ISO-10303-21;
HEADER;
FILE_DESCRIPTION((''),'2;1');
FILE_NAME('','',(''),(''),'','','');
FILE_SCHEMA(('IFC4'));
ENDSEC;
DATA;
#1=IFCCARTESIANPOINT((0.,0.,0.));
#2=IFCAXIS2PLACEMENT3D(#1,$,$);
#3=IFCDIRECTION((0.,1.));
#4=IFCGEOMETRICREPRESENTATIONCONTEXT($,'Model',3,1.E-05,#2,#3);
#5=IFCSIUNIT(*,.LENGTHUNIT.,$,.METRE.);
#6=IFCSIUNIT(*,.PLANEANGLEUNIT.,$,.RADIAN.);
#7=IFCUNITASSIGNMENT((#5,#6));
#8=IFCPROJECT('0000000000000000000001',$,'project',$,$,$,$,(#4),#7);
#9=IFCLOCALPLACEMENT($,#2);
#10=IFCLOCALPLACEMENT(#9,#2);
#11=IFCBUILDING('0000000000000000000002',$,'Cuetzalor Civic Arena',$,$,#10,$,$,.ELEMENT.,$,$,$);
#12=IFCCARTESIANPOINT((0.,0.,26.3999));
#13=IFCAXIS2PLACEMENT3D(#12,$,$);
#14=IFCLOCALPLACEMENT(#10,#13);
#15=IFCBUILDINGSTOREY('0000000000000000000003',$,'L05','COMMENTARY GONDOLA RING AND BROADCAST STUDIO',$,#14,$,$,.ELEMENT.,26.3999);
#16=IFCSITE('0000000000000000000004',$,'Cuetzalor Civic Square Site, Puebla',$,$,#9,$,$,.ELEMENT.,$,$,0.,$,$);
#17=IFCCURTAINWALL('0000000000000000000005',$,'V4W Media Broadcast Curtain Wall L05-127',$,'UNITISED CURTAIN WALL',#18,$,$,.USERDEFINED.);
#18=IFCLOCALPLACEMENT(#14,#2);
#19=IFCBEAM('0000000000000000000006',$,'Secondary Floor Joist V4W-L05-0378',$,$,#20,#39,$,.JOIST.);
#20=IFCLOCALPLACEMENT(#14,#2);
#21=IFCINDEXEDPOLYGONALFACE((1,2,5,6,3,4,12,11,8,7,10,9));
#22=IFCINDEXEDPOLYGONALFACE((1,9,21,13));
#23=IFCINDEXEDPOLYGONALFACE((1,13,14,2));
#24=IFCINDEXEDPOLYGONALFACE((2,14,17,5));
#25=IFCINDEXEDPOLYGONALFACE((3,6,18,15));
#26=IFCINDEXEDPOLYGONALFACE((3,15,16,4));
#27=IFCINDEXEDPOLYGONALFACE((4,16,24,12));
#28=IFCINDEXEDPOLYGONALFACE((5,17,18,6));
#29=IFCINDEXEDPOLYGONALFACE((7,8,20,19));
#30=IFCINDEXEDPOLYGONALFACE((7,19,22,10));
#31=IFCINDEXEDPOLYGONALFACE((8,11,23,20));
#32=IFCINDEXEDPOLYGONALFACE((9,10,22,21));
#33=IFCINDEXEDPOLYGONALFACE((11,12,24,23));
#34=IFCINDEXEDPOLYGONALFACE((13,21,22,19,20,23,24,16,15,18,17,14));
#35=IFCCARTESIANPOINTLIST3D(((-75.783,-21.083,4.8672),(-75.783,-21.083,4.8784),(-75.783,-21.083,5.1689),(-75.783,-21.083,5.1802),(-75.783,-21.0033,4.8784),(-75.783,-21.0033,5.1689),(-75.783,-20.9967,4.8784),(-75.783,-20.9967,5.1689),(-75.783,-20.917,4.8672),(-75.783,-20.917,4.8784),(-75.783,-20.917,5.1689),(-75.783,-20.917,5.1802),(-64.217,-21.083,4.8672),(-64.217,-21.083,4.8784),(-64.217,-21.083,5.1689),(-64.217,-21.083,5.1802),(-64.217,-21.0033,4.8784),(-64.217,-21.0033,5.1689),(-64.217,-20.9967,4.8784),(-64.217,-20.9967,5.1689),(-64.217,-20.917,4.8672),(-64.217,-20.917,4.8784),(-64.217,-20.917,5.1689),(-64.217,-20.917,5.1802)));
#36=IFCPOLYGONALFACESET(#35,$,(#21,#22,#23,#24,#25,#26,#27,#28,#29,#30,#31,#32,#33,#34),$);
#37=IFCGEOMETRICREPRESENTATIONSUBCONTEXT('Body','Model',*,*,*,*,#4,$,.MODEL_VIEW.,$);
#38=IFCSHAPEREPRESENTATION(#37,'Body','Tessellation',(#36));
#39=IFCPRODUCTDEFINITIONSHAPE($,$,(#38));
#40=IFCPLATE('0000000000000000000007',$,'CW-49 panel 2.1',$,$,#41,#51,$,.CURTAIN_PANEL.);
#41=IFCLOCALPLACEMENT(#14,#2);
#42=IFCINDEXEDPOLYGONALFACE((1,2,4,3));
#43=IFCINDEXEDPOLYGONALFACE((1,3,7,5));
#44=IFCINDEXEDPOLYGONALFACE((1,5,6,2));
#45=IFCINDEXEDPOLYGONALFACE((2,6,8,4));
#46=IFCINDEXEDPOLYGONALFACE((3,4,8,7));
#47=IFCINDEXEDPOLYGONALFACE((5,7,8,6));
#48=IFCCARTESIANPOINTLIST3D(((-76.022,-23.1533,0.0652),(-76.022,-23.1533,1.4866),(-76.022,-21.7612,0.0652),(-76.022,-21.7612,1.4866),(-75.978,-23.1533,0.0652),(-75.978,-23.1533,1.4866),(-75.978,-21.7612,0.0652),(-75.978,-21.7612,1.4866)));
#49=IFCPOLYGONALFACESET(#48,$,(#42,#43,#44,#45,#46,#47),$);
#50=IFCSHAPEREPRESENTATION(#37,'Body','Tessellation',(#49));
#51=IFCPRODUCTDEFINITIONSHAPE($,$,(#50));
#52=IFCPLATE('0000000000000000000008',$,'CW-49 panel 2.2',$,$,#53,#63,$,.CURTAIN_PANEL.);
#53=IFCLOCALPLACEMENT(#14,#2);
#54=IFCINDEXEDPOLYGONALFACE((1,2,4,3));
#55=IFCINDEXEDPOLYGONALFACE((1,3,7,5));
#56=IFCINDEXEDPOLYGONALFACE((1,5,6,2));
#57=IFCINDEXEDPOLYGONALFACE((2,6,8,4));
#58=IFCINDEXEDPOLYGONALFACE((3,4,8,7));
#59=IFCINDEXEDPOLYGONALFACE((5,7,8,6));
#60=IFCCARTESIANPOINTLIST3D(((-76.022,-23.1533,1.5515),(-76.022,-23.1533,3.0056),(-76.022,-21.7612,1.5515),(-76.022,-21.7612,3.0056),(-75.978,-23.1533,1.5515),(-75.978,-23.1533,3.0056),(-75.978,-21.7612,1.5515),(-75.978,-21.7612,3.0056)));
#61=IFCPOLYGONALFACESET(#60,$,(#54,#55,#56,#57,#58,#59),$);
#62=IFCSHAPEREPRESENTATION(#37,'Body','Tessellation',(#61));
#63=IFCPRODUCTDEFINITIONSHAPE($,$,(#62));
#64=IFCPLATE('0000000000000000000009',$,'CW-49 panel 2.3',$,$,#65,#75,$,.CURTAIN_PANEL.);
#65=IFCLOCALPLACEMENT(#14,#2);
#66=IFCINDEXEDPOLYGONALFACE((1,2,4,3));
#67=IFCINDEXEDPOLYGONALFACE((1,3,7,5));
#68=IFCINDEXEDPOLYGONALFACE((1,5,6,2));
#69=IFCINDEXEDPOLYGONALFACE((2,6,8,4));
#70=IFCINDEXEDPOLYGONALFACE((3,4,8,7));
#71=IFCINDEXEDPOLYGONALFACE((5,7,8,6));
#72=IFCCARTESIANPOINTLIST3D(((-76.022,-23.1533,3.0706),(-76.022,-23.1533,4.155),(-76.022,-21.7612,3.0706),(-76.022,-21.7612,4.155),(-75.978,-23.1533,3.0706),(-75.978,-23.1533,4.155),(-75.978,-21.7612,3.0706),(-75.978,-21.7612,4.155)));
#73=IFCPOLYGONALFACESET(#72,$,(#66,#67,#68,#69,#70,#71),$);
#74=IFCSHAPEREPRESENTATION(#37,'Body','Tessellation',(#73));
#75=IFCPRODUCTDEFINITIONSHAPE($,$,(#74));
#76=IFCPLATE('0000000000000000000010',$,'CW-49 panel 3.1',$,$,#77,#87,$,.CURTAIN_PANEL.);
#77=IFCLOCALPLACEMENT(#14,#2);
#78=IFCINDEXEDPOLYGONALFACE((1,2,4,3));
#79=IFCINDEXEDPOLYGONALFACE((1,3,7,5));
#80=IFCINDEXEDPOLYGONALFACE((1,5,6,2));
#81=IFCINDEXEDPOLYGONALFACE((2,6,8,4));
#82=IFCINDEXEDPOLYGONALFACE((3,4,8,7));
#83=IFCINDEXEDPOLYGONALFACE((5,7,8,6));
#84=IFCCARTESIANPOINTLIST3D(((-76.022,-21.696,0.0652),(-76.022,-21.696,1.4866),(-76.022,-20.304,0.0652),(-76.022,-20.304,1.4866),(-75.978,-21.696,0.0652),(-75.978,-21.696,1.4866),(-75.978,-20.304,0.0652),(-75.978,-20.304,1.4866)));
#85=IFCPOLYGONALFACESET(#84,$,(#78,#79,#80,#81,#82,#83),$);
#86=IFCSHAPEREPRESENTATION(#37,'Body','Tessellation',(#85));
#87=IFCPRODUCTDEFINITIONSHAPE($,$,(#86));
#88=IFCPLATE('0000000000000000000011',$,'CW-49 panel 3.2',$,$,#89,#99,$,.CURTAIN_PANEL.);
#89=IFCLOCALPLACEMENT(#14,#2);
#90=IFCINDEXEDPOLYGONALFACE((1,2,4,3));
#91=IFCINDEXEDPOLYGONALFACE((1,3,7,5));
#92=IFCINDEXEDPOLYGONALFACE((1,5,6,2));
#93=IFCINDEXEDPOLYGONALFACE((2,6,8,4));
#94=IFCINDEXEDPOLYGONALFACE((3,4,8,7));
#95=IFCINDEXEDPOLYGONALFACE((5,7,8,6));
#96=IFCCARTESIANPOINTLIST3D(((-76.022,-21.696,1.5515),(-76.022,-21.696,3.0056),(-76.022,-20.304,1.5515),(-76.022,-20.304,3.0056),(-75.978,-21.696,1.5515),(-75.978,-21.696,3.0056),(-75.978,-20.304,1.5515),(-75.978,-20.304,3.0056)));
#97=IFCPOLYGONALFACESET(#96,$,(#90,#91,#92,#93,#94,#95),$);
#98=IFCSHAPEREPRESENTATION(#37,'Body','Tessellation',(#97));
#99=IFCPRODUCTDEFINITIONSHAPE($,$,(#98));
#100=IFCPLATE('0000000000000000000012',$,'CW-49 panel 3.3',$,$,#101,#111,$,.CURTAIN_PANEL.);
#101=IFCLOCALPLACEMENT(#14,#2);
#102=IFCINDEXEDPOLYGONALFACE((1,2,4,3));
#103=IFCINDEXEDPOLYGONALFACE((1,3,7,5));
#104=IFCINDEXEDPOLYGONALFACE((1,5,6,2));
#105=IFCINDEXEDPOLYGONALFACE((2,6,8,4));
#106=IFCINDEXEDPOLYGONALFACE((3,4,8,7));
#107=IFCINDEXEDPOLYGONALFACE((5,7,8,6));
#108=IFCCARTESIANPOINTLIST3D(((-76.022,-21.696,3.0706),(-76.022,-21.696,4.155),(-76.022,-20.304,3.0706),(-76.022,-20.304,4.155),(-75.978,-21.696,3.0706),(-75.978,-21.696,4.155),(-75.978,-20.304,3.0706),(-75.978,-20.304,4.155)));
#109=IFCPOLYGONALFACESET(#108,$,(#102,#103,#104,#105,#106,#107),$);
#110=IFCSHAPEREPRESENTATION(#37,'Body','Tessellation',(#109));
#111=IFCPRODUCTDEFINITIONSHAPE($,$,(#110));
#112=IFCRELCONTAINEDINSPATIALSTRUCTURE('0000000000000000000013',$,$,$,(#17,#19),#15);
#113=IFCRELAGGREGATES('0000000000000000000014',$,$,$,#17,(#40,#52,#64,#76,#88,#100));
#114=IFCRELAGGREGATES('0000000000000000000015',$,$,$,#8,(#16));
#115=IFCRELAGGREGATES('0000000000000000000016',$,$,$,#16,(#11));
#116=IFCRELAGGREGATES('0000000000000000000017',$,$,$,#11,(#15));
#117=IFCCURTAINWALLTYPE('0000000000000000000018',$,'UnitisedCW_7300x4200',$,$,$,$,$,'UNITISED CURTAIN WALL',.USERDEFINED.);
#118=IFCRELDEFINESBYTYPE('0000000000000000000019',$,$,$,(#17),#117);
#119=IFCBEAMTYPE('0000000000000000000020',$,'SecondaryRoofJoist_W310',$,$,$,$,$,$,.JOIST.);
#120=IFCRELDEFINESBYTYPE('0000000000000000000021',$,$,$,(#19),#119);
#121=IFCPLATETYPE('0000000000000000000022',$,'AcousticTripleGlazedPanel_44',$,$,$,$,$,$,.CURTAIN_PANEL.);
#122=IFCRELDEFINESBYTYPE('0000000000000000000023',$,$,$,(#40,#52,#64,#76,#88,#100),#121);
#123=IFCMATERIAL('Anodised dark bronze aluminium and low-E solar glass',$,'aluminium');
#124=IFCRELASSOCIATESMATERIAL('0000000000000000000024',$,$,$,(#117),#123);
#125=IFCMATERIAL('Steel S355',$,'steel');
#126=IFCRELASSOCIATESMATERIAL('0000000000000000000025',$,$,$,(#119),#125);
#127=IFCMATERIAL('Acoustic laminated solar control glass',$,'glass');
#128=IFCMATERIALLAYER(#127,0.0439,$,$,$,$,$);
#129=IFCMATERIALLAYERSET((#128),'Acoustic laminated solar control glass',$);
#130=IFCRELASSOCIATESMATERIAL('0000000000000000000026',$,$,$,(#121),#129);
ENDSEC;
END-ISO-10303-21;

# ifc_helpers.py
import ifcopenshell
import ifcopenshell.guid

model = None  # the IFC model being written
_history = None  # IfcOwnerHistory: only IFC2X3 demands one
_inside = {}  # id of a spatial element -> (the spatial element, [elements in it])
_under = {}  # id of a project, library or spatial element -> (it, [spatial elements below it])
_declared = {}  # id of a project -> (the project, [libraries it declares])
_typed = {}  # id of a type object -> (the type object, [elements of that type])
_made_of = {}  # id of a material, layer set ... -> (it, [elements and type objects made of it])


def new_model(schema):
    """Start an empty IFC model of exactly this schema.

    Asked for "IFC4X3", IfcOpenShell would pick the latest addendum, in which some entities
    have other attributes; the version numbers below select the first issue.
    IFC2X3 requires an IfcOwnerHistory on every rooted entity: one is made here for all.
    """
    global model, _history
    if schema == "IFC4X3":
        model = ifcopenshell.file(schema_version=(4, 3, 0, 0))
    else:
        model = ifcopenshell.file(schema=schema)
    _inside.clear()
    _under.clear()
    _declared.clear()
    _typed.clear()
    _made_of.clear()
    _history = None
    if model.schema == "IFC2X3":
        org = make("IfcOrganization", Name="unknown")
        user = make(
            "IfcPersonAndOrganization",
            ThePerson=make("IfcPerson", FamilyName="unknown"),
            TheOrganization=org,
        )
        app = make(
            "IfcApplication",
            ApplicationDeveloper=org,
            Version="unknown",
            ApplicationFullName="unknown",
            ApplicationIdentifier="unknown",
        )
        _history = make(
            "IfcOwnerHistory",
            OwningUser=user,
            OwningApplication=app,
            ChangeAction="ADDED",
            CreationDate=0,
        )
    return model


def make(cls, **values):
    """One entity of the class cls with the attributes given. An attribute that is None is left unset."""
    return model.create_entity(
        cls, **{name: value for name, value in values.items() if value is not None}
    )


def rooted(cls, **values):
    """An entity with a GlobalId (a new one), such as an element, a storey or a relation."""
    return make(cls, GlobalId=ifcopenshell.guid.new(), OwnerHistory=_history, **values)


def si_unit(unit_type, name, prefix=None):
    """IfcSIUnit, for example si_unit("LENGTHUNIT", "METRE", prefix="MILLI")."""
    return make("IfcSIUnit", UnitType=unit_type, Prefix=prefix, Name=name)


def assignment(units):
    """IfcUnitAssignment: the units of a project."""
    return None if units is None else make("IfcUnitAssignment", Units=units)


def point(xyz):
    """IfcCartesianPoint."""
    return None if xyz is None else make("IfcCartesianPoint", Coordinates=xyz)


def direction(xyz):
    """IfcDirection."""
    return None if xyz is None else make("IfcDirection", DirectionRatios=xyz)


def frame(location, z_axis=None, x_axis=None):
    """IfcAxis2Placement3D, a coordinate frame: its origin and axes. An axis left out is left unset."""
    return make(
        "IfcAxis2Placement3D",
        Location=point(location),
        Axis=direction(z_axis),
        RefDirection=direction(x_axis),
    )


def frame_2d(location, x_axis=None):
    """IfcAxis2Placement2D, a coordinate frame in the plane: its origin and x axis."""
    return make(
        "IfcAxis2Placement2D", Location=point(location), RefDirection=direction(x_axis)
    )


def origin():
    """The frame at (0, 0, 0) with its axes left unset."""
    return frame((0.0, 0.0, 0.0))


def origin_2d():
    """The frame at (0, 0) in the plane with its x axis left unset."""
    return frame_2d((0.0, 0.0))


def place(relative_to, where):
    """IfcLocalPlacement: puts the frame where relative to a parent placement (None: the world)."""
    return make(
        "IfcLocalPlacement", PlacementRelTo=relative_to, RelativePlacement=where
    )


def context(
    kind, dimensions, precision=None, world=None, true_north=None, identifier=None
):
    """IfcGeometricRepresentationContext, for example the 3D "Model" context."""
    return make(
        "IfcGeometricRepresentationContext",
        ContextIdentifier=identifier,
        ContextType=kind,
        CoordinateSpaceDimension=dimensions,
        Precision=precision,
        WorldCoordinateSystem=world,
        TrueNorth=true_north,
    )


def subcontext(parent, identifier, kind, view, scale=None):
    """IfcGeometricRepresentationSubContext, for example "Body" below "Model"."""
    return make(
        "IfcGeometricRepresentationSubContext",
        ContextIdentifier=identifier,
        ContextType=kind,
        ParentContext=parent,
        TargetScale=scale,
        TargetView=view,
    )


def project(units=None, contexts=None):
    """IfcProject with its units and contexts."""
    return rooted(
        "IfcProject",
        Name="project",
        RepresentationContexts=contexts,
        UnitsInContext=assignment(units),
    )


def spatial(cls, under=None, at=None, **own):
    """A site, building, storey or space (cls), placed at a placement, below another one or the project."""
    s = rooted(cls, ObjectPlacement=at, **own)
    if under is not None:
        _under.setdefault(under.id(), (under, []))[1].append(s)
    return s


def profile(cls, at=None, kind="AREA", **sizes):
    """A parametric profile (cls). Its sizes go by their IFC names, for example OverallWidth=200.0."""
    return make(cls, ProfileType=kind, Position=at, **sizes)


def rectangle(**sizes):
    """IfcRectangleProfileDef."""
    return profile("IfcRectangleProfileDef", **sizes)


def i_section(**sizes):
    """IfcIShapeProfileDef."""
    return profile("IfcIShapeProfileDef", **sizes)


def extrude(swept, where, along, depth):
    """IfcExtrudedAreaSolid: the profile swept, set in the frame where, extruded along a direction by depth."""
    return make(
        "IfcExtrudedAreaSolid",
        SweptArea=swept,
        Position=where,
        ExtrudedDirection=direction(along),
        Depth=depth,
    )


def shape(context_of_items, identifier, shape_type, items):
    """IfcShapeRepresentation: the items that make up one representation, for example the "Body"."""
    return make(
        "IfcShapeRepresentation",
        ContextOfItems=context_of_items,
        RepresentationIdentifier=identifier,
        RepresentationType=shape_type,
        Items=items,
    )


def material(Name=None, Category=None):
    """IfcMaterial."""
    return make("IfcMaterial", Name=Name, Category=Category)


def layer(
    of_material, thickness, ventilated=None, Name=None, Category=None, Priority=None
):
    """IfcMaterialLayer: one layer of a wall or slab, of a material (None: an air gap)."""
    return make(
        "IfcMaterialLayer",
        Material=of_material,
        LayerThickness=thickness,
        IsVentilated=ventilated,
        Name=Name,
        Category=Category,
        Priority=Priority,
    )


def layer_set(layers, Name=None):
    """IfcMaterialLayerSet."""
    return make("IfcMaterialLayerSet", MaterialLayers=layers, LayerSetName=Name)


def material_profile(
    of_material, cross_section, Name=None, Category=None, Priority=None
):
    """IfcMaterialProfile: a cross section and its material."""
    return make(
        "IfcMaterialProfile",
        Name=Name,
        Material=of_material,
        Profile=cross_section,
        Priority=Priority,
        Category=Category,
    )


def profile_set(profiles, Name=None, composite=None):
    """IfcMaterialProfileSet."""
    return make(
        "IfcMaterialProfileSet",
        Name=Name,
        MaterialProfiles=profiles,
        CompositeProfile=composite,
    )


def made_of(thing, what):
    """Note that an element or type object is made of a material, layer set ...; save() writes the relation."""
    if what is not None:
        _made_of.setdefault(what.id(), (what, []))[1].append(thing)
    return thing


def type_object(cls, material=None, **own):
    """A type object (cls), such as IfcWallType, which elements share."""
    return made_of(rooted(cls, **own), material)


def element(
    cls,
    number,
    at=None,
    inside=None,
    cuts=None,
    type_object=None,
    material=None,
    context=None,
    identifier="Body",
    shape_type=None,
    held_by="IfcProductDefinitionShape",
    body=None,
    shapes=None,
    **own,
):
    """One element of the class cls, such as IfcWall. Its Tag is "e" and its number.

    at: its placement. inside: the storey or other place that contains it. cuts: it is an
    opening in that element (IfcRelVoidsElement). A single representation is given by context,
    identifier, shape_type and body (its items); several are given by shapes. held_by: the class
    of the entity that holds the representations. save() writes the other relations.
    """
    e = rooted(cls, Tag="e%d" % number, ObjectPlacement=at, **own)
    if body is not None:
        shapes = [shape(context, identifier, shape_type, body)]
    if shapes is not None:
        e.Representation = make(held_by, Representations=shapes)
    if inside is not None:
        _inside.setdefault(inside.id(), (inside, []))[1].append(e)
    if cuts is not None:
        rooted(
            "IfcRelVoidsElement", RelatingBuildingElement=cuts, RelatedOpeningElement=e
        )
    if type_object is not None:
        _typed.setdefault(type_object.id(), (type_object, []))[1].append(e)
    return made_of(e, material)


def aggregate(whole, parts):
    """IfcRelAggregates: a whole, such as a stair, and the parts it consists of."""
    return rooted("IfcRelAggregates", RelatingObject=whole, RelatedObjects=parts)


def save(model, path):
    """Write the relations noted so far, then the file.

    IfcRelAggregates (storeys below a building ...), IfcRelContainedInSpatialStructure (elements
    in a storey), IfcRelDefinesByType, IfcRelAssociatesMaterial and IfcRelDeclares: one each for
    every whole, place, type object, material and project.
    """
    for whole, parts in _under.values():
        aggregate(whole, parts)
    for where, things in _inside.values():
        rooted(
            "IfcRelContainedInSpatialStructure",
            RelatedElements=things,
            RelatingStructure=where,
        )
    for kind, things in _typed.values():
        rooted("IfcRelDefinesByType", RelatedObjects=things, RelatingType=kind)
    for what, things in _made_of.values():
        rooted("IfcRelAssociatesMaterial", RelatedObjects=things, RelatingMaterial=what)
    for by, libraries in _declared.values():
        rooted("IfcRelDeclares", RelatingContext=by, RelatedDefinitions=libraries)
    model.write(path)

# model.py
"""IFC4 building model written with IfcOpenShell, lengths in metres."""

from ifc_helpers import new_model, si_unit, direction, frame, origin, origin_2d, place, context, subcontext, project, spatial, rectangle, i_section, extrude, material, layer, layer_set, material_profile, profile_set, type_object, element, aggregate, save


model = new_model("IFC4")

# Units and contexts
model_context = context("Model", 3, precision=1e-05, world=origin(), true_north=direction((0.0, 1.0)))
body_context = subcontext(model_context, "Body", "Model", "MODEL_VIEW")
ifc_project = project(units=[si_unit("LENGTHUNIT", "METRE"), si_unit("PLANEANGLEUNIT", "RADIAN")], contexts=[model_context])

# Site, building, storey
site_placement = place(None, origin())
site = spatial("IfcSite", under=ifc_project, at=site_placement, Name="Cuetzalor Civic Square Site, Puebla", CompositionType="ELEMENT", RefElevation=0.0)
building_placement = place(site_placement, origin())
building = spatial("IfcBuilding", under=site, at=building_placement, Name="Cuetzalor Civic Arena", CompositionType="ELEMENT")
storey_placement = place(building_placement, frame((0.0, 0.0, 26.3999)))
storey = spatial("IfcBuildingStorey", under=building, at=storey_placement, Name="L05", Description="COMMENTARY GONDOLA RING AND BROADCAST STUDIO", CompositionType="ELEMENT", Elevation=26.3999)

# Curtain wall
ifc_material_1 = material(Name="Anodised dark bronze aluminium and low-E solar glass", Category="aluminium")
curtain_wall_type = type_object("IfcCurtainWallType", Name="UnitisedCW_7300x4200", ElementType="UNITISED CURTAIN WALL", PredefinedType="USERDEFINED", material=ifc_material_1)
curtain_wall_placement = place(storey_placement, origin())
curtain_wall = element("IfcCurtainWall", 1, at=curtain_wall_placement, inside=storey, type_object=curtain_wall_type, Name="V4W Media Broadcast Curtain Wall L05-127", ObjectType="UNITISED CURTAIN WALL", PredefinedType="USERDEFINED")

# Beam
ifc_material_2 = material(Name="Steel S355", Category="steel")
ifc_material_profile_1 = material_profile(ifc_material_2, i_section(OverallWidth=0.166, OverallDepth=0.313, WebThickness=0.0066, FlangeThickness=0.0112, at=origin_2d()), Name="W310x45")
ifc_profile_set_1 = profile_set([ifc_material_profile_1], Name="Steel S355")
beam_type = type_object("IfcBeamType", Name="SecondaryRoofJoist_W310", PredefinedType="JOIST", material=ifc_profile_set_1)
beam_placement = place(storey_placement, frame((-75.783, -21.0, 5.0237), z_axis=(1.0, 0.0, 0.0), x_axis=(0.0, 1.0, 0.0)))
element("IfcBeam", 2, at=beam_placement, inside=storey, type_object=beam_type, Name="Secondary Floor Joist V4W-L05-0378", PredefinedType="JOIST", context=body_context, shape_type="SweptSolid", body=[
    extrude(i_section(OverallWidth=0.166, OverallDepth=0.313, WebThickness=0.0066, FlangeThickness=0.0112, at=origin_2d()), origin(), (0.0, 0.0, 1.0), 11.5659),
])

# Plates
ifc_material_3 = material(Name="Acoustic laminated solar control glass", Category="glass")
ifc_layer = layer(ifc_material_3, 0.0439)
ifc_layer_set = layer_set([ifc_layer], Name="Acoustic laminated solar control glass")
plate_type = type_object("IfcPlateType", Name="AcousticTripleGlazedPanel_44", PredefinedType="CURTAIN_PANEL", material=ifc_layer_set)
plate_1_placement = place(storey_placement, frame((-76.0, -22.4573, 0.0652), z_axis=(0.0, 0.0, 1.0), x_axis=(0.0, 1.0, 0.0)))
plate_1 = element("IfcPlate", 3, at=plate_1_placement, type_object=plate_type, Name="CW-49 panel 2.1", PredefinedType="CURTAIN_PANEL", context=body_context, shape_type="SweptSolid", body=[
    extrude(rectangle(XDim=1.3921, YDim=0.0439, at=origin_2d()), origin(), (0.0, 0.0, 1.0), 1.4214),
])
plate_2_placement = place(storey_placement, frame((-76.0, -22.4573, 1.5515), z_axis=(0.0, 0.0, 1.0), x_axis=(0.0, 1.0, 0.0)))
plate_2 = element("IfcPlate", 4, at=plate_2_placement, type_object=plate_type, Name="CW-49 panel 2.2", PredefinedType="CURTAIN_PANEL", context=body_context, shape_type="SweptSolid", body=[
    extrude(rectangle(XDim=1.3921, YDim=0.0439, at=origin_2d()), origin(), (0.0, 0.0, 1.0), 1.4541),
])
plate_3_placement = place(storey_placement, frame((-76.0, -22.4573, 3.0706), z_axis=(0.0, 0.0, 1.0), x_axis=(0.0, 1.0, 0.0)))
plate_3 = element("IfcPlate", 5, at=plate_3_placement, type_object=plate_type, Name="CW-49 panel 2.3", PredefinedType="CURTAIN_PANEL", context=body_context, shape_type="SweptSolid", body=[
    extrude(rectangle(XDim=1.3921, YDim=0.0439, at=origin_2d()), origin(), (0.0, 0.0, 1.0), 1.0845),
])
plate_4_placement = place(storey_placement, frame((-76.0, -21.0, 0.0652), z_axis=(0.0, 0.0, 1.0), x_axis=(0.0, 1.0, 0.0)))
plate_4 = element("IfcPlate", 6, at=plate_4_placement, type_object=plate_type, Name="CW-49 panel 3.1", PredefinedType="CURTAIN_PANEL", context=body_context, shape_type="SweptSolid", body=[
    extrude(rectangle(XDim=1.3921, YDim=0.0439, at=origin_2d()), origin(), (0.0, 0.0, 1.0), 1.4214),
])
plate_5_placement = place(storey_placement, frame((-76.0, -21.0, 1.5515), z_axis=(0.0, 0.0, 1.0), x_axis=(0.0, 1.0, 0.0)))
plate_5 = element("IfcPlate", 7, at=plate_5_placement, type_object=plate_type, Name="CW-49 panel 3.2", PredefinedType="CURTAIN_PANEL", context=body_context, shape_type="SweptSolid", body=[
    extrude(rectangle(XDim=1.3921, YDim=0.0439, at=origin_2d()), origin(), (0.0, 0.0, 1.0), 1.4541),
])
plate_6_placement = place(storey_placement, frame((-76.0, -21.0, 3.0706), z_axis=(0.0, 0.0, 1.0), x_axis=(0.0, 1.0, 0.0)))
plate_6 = element("IfcPlate", 8, at=plate_6_placement, type_object=plate_type, Name="CW-49 panel 3.3", PredefinedType="CURTAIN_PANEL", context=body_context, shape_type="SweptSolid", body=[
    extrude(rectangle(XDim=1.3921, YDim=0.0439, at=origin_2d()), origin(), (0.0, 0.0, 1.0), 1.0845),
])
aggregate(curtain_wall, [plate_1, plate_2, plate_3, plate_4, plate_5, plate_6])

save(model, "model.ifc")
